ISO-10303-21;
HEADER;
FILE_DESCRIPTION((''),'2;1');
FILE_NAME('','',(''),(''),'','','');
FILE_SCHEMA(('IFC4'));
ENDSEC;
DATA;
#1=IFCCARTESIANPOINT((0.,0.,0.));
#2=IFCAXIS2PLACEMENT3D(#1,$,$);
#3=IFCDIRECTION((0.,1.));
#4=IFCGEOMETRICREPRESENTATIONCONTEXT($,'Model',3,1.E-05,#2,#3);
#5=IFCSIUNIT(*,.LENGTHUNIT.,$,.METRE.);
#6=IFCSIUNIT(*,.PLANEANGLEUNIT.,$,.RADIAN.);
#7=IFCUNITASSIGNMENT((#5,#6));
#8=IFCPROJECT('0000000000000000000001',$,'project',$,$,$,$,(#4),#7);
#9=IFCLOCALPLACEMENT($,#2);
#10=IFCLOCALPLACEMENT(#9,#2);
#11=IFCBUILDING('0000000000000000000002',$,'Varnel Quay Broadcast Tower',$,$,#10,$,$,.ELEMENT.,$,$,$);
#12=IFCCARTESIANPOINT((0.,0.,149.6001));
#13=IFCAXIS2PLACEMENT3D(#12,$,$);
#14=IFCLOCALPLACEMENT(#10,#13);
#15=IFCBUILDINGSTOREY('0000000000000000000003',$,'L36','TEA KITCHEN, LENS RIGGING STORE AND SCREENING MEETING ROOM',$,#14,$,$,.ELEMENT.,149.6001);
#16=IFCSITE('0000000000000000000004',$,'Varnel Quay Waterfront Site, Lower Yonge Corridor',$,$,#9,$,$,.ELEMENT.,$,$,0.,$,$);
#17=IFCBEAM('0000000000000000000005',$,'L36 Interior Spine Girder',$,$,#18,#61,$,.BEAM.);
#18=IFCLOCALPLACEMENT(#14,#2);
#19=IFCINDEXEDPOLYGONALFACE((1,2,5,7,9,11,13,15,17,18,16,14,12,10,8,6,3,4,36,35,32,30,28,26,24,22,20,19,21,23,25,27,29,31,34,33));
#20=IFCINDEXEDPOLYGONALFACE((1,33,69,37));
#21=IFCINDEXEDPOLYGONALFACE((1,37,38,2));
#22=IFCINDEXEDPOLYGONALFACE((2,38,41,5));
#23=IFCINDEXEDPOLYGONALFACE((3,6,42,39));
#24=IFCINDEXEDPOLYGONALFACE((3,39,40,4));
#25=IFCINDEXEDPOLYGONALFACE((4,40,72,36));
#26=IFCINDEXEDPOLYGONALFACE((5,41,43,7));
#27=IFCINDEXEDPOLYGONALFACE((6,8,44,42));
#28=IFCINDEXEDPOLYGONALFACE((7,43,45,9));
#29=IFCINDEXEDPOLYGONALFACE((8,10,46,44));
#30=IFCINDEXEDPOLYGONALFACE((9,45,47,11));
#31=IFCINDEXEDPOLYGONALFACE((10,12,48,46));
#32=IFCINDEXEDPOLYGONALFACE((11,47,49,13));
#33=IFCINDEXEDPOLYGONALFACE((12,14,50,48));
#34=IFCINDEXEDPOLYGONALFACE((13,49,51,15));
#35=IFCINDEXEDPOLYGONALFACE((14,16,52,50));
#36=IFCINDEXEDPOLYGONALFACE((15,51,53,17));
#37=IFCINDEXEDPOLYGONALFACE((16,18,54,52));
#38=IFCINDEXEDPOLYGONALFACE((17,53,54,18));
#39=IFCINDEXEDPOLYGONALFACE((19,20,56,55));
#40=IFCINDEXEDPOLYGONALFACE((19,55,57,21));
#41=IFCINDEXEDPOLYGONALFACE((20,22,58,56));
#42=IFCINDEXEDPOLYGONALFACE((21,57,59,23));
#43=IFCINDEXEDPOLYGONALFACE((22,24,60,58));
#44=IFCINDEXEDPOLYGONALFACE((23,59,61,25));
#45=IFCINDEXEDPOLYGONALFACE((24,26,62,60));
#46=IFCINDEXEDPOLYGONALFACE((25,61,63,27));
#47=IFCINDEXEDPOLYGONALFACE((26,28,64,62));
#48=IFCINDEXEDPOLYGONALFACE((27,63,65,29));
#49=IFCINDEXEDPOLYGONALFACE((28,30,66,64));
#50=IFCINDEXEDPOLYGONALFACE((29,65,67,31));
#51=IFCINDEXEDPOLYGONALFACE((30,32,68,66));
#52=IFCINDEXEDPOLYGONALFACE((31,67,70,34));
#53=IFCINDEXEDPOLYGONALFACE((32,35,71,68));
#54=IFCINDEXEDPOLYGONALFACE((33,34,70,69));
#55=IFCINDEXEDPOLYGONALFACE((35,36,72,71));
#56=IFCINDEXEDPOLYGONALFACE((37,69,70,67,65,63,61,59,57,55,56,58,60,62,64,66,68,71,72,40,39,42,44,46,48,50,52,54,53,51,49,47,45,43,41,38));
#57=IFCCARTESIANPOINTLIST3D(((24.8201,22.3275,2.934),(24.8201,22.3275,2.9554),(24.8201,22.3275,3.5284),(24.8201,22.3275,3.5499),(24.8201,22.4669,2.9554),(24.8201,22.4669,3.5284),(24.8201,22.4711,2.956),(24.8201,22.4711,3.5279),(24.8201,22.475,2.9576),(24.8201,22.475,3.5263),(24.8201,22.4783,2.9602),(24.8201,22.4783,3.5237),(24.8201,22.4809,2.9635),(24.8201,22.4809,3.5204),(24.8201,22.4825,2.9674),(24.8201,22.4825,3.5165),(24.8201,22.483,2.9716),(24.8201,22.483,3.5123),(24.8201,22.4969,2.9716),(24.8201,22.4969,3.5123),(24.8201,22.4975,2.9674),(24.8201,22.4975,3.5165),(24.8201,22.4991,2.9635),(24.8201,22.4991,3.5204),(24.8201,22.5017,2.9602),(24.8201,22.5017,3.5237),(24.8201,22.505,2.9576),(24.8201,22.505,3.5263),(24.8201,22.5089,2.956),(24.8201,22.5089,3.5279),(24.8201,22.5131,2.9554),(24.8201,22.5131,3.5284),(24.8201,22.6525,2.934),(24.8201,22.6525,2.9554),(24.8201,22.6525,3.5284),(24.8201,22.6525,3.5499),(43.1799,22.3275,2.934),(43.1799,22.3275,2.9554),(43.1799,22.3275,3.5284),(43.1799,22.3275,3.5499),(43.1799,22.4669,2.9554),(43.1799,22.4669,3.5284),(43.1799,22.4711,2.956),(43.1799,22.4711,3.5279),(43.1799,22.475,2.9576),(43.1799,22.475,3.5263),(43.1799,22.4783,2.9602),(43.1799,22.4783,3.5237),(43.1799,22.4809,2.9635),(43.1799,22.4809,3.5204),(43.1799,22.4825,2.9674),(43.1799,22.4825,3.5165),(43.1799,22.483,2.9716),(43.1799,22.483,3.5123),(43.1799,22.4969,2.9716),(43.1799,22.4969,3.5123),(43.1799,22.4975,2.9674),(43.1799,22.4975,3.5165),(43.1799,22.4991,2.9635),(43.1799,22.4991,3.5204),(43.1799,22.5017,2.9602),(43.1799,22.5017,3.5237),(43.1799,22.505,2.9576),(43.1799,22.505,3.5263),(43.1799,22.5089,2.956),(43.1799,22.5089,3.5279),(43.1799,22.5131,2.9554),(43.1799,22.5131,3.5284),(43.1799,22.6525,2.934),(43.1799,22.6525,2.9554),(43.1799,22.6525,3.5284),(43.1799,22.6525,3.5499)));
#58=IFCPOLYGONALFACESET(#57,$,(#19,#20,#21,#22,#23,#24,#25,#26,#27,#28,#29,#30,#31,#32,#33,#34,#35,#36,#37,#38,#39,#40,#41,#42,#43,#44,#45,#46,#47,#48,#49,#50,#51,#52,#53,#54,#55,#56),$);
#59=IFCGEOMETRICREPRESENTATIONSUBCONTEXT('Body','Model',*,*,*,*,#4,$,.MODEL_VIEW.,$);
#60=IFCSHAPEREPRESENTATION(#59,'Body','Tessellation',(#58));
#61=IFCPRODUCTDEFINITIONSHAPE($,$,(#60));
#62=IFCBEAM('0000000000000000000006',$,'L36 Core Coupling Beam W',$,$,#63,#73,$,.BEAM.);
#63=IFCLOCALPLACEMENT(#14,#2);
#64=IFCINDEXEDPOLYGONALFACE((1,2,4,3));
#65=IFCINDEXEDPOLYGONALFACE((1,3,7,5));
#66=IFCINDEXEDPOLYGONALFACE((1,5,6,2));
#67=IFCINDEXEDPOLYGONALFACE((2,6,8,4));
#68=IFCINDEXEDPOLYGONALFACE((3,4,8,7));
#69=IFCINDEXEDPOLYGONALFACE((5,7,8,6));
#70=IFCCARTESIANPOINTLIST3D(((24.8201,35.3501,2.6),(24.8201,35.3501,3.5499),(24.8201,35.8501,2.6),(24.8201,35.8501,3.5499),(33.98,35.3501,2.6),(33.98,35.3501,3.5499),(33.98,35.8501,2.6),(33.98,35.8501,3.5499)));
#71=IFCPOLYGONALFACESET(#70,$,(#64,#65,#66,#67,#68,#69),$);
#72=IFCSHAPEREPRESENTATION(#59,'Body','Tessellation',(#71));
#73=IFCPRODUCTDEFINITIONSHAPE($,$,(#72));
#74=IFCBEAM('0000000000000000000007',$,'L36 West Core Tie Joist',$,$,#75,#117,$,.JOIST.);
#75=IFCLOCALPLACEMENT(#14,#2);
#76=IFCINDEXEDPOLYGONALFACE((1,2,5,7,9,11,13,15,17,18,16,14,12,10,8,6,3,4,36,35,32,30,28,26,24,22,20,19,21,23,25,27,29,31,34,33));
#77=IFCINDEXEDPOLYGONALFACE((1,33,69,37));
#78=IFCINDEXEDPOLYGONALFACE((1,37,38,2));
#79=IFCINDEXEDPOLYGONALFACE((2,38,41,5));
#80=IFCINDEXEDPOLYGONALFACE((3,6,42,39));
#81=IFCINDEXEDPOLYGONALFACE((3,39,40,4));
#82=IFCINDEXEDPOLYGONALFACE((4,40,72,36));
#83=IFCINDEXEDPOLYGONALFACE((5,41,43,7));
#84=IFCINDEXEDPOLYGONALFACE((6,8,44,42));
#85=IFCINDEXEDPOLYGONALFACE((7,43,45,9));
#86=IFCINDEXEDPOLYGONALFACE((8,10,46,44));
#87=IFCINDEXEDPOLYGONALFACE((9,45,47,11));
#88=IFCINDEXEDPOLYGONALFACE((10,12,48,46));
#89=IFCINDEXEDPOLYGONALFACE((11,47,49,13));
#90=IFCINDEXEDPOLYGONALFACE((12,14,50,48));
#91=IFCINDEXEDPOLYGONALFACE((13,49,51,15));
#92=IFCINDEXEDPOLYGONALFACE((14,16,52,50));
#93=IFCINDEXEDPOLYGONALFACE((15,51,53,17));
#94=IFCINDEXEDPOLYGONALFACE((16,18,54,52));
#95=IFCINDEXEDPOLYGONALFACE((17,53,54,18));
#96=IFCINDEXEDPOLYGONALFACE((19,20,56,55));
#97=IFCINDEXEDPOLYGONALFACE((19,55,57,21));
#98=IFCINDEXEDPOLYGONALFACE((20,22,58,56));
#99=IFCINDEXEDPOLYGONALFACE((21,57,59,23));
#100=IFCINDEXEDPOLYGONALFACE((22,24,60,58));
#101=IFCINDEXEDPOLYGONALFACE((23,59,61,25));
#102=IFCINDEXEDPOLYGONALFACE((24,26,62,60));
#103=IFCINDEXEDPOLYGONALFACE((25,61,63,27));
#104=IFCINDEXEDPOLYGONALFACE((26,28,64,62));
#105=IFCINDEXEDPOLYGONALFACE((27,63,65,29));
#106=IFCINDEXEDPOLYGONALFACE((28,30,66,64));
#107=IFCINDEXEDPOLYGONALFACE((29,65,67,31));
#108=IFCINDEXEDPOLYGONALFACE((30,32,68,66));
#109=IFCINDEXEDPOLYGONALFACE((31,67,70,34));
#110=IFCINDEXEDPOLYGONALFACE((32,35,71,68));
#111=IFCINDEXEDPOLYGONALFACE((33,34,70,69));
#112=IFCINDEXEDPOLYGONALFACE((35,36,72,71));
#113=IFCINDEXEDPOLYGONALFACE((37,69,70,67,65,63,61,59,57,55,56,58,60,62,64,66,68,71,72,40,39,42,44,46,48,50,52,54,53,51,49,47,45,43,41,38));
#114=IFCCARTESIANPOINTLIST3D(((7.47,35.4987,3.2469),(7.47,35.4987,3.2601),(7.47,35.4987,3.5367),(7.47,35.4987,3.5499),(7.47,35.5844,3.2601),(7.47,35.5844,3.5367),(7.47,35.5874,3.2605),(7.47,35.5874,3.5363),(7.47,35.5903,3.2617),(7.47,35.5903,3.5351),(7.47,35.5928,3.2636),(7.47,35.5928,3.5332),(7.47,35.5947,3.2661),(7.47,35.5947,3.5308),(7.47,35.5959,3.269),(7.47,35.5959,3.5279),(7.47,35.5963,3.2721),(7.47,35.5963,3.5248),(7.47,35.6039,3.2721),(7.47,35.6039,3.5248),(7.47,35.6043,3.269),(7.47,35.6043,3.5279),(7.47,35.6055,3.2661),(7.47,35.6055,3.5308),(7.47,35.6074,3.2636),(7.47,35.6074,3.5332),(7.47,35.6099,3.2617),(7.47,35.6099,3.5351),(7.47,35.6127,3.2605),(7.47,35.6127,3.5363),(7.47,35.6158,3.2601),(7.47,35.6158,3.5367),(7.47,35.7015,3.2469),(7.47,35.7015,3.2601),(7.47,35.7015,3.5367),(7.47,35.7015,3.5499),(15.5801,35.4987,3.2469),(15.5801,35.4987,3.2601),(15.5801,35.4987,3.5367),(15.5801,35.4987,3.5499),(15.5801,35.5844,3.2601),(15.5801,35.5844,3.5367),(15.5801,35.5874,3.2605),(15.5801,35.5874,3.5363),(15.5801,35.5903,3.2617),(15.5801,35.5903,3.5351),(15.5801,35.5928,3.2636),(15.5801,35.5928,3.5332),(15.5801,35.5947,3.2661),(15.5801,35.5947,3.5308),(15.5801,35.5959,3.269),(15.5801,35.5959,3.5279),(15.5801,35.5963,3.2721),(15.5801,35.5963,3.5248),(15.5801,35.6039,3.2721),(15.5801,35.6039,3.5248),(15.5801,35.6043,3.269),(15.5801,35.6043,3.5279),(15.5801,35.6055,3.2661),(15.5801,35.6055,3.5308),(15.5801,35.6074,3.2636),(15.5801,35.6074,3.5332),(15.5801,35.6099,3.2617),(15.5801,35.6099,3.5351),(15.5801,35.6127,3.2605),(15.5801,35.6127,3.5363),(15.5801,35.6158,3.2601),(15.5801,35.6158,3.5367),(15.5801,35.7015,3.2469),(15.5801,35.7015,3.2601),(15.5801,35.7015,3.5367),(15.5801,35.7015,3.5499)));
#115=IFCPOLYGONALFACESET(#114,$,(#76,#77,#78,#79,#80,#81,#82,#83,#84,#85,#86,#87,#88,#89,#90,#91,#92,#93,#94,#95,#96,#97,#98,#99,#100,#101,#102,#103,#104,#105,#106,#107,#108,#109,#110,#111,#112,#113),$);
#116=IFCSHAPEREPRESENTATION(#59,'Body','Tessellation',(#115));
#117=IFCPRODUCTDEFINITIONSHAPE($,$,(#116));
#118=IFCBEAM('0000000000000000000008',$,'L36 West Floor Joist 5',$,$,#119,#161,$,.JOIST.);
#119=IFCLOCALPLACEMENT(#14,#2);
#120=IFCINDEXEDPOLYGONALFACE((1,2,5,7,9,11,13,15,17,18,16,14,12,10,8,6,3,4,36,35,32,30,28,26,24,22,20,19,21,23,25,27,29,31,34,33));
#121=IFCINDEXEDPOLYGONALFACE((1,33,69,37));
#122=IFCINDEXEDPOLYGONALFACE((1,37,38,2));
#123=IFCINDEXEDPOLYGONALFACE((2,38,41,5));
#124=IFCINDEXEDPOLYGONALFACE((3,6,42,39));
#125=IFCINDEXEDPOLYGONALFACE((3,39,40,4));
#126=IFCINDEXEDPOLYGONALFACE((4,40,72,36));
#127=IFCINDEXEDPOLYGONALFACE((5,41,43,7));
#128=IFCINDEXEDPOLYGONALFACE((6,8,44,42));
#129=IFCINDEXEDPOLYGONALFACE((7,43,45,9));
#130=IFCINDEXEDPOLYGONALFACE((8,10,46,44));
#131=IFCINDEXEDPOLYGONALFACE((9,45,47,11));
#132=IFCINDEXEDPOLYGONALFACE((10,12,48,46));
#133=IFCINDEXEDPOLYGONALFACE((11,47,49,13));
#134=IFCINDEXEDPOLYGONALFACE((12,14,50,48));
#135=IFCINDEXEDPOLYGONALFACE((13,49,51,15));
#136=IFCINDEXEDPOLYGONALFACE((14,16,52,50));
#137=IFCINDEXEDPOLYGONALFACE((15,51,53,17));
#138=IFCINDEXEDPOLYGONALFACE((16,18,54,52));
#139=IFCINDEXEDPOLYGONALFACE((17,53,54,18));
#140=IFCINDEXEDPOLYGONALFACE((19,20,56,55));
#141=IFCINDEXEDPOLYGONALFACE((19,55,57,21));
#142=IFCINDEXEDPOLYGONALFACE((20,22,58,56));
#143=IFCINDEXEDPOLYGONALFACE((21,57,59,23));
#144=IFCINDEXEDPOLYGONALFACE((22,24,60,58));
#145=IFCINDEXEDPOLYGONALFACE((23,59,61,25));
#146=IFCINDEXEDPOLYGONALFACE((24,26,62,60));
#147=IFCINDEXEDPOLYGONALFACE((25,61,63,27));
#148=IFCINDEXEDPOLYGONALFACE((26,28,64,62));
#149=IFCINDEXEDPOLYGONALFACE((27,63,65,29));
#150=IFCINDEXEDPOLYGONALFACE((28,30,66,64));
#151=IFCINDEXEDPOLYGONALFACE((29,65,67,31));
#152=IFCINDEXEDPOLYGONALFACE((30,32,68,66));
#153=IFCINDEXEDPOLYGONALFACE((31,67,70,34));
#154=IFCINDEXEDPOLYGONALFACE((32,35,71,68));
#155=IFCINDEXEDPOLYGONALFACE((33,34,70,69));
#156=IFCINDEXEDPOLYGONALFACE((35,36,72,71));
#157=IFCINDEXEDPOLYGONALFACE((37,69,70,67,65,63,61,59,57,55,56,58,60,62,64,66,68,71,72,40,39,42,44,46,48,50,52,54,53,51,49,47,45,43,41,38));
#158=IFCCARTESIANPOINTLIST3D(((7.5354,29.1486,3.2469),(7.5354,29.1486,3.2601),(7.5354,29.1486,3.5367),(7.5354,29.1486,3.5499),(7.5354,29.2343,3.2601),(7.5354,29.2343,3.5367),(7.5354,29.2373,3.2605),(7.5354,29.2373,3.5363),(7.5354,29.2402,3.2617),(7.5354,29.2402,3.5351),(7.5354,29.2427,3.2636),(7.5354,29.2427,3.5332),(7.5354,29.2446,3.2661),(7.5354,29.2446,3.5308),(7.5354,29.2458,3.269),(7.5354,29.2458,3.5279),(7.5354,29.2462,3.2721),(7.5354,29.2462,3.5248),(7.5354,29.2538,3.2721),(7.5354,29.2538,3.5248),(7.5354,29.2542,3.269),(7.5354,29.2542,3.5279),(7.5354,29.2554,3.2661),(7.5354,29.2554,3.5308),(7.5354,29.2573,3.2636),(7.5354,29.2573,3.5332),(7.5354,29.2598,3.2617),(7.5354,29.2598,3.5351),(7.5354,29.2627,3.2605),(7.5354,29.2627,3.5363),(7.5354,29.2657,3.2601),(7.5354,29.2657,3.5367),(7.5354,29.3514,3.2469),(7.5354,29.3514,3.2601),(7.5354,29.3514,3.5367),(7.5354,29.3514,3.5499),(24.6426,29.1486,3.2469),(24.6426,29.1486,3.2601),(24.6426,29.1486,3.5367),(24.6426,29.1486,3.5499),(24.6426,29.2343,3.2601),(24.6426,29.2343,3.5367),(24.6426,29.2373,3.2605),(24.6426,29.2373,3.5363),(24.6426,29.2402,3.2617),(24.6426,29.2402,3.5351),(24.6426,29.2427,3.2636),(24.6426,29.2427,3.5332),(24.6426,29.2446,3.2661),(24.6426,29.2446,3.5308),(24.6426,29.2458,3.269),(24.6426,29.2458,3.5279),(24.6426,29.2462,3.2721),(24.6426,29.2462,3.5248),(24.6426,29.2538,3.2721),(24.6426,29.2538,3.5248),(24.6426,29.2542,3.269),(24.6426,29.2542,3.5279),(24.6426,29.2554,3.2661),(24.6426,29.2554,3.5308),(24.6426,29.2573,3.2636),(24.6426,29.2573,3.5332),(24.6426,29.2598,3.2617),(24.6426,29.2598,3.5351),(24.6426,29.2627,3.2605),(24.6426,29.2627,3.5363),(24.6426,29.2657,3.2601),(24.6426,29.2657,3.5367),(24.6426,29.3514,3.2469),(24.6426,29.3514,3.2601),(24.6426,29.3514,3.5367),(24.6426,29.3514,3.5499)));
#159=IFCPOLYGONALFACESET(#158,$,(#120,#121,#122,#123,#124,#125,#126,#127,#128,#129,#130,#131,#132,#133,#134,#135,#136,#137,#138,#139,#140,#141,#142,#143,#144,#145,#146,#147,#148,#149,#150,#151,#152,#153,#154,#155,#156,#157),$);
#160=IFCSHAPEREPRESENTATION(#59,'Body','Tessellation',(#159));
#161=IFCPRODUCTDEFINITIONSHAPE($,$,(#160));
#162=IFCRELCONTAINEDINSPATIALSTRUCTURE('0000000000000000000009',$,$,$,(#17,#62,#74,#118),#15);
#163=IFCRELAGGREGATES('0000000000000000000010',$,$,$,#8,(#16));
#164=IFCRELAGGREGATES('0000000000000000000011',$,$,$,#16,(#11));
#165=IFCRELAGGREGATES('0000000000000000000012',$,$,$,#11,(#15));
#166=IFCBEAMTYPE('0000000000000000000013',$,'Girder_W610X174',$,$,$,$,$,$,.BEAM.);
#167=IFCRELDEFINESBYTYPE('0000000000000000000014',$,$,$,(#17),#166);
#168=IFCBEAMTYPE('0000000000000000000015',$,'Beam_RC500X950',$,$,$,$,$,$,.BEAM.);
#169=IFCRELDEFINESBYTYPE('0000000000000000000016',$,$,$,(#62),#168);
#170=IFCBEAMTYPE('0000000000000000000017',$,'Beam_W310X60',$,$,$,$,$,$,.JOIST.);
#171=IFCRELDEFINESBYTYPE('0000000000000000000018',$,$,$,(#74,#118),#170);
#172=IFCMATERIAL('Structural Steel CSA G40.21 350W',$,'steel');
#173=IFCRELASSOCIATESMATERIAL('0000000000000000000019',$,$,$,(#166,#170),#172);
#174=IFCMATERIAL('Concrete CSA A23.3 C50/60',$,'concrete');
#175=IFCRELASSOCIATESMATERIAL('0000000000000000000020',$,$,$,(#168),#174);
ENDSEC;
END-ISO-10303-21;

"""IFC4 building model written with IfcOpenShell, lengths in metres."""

from ifc_helpers import new_model, si_unit, direction, frame, origin, origin_2d, place, context, subcontext, project, spatial, rectangle, i_section, extrude, source, transform, mapped, material, material_profile, profile_set, type_object, type_shapes, element, save


model = new_model("IFC4")

# Units and contexts
model_context = context("Model", 3, precision=1e-05, world=origin(), true_north=direction((0.0, 1.0)))
body_context = subcontext(model_context, "Body", "Model", "MODEL_VIEW")
ifc_project = project(units=[si_unit("LENGTHUNIT", "METRE"), si_unit("PLANEANGLEUNIT", "RADIAN")], contexts=[model_context])

# Site, building, storey
site_placement = place(None, origin())
site = spatial("IfcSite", under=ifc_project, at=site_placement, Name="Varnel Quay Waterfront Site, Lower Yonge Corridor", CompositionType="ELEMENT", RefElevation=0.0)
building_placement = place(site_placement, origin())
building = spatial("IfcBuilding", under=site, at=building_placement, Name="Varnel Quay Broadcast Tower", CompositionType="ELEMENT")
storey_placement = place(building_placement, frame((0.0, 0.0, 149.6001)))
storey = spatial("IfcBuildingStorey", under=building, at=storey_placement, Name="L36", Description="TEA KITCHEN, LENS RIGGING STORE AND SCREENING MEETING ROOM", CompositionType="ELEMENT", Elevation=149.6001)

# Shared definitions
ifc_material_1 = material(Name="Structural Steel CSA G40.21 350W", Category="steel")
ifc_material_2 = material(Name="Concrete CSA A23.3 C50/60", Category="concrete")

# Beams
ifc_material_profile_1 = material_profile(ifc_material_1, i_section(OverallWidth=0.325, OverallDepth=0.616, WebThickness=0.0139, FlangeThickness=0.0215, FilletRadius=0.0161, at=origin_2d()), Name="W610X174")
ifc_profile_set_1 = profile_set([ifc_material_profile_1], Name="Structural Steel CSA G40.21 350W")
beam_type_1 = type_object("IfcBeamType", Name="Girder_W610X174", PredefinedType="BEAM", material=ifc_profile_set_1)
shared_shape_1 = source(origin(), body_context, "Body", "SweptSolid", [
    extrude(i_section(OverallWidth=0.325, OverallDepth=0.616, WebThickness=0.0139, FlangeThickness=0.0215, FilletRadius=0.0161, at=origin_2d()), origin(), (0.0, 0.0, 1.0), 18.3599),
])
beam_1_placement = place(storey_placement, frame((24.8201, 22.49, 3.2419), z_axis=(1.0, 0.0, 0.0), x_axis=(0.0, 1.0, 0.0)))
element("IfcBeam", 1, at=beam_1_placement, inside=storey, type_object=beam_type_1, Name="L36 Interior Spine Girder", PredefinedType="BEAM", context=body_context, shape_type="MappedRepresentation", body=[
    mapped(shared_shape_1, transform((0.0, 0.0, 0.0), x_axis=(1.0, 0.0, 0.0), y_axis=(0.0, 1.0, 0.0), z_axis=(0.0, 0.0, 1.0), scale=1.0)),
])
ifc_material_profile_2 = material_profile(ifc_material_2, rectangle(XDim=0.5, YDim=0.95, at=origin_2d()), Name="RC500X950")
ifc_profile_set_2 = profile_set([ifc_material_profile_2], Name="Concrete CSA A23.3 C50/60")
beam_type_2 = type_object("IfcBeamType", Name="Beam_RC500X950", PredefinedType="BEAM", material=ifc_profile_set_2)
shared_shape_2 = source(origin(), body_context, "Body", "SweptSolid", [
    extrude(rectangle(XDim=0.5, YDim=0.95, at=origin_2d()), origin(), (0.0, 0.0, 1.0), 9.1599),
])
type_shapes(beam_type_2, [shared_shape_2])
beam_2_placement = place(storey_placement, frame((24.8201, 35.6001, 3.075), z_axis=(1.0, 0.0, 0.0), x_axis=(0.0, 1.0, 0.0)))
element("IfcBeam", 2, at=beam_2_placement, inside=storey, type_object=beam_type_2, Name="L36 Core Coupling Beam W", PredefinedType="BEAM", context=body_context, shape_type="MappedRepresentation", body=[
    mapped(shared_shape_2, transform((0.0, 0.0, 0.0), x_axis=(1.0, 0.0, 0.0), y_axis=(0.0, 1.0, 0.0), z_axis=(0.0, 0.0, 1.0), scale=1.0)),
])
ifc_material_profile_3 = material_profile(ifc_material_1, i_section(OverallWidth=0.2029, OverallDepth=0.303, WebThickness=0.0076, FlangeThickness=0.0132, FilletRadius=0.012, at=origin_2d()), Name="W310X60")
ifc_profile_set_3 = profile_set([ifc_material_profile_3], Name="Structural Steel CSA G40.21 350W")
beam_type_3 = type_object("IfcBeamType", Name="Beam_W310X60", PredefinedType="JOIST", material=ifc_profile_set_3)
shared_shape_3 = source(origin(), body_context, "Body", "SweptSolid", [
    extrude(i_section(OverallWidth=0.2029, OverallDepth=0.303, WebThickness=0.0076, FlangeThickness=0.0132, FilletRadius=0.012, at=origin_2d()), origin(), (0.0, 0.0, 1.0), 8.1101),
])
beam_3_placement = place(storey_placement, frame((7.47, 35.6001, 3.3984), z_axis=(1.0, 0.0, 0.0), x_axis=(0.0, 1.0, 0.0)))
element("IfcBeam", 3, at=beam_3_placement, inside=storey, type_object=beam_type_3, Name="L36 West Core Tie Joist", PredefinedType="JOIST", context=body_context, shape_type="MappedRepresentation", body=[
    mapped(shared_shape_3, transform((0.0, 0.0, 0.0), x_axis=(1.0, 0.0, 0.0), y_axis=(0.0, 1.0, 0.0), z_axis=(0.0, 0.0, 1.0), scale=1.0)),
])
shared_shape_4 = source(origin(), body_context, "Body", "SweptSolid", [
    extrude(i_section(OverallWidth=0.2029, OverallDepth=0.303, WebThickness=0.0076, FlangeThickness=0.0132, FilletRadius=0.012, at=origin_2d()), origin(), (0.0, 0.0, 1.0), 17.1072),
])
beam_4_placement = place(storey_placement, frame((7.5354, 29.25, 3.3984), z_axis=(1.0, 0.0, 0.0), x_axis=(0.0, 1.0, 0.0)))
element("IfcBeam", 4, at=beam_4_placement, inside=storey, type_object=beam_type_3, Name="L36 West Floor Joist 5", PredefinedType="JOIST", context=body_context, shape_type="MappedRepresentation", body=[
    mapped(shared_shape_4, transform((0.0, 0.0, 0.0), x_axis=(1.0, 0.0, 0.0), y_axis=(0.0, 1.0, 0.0), z_axis=(0.0, 0.0, 1.0), scale=1.0)),
])

save(model, "model.ifc")
